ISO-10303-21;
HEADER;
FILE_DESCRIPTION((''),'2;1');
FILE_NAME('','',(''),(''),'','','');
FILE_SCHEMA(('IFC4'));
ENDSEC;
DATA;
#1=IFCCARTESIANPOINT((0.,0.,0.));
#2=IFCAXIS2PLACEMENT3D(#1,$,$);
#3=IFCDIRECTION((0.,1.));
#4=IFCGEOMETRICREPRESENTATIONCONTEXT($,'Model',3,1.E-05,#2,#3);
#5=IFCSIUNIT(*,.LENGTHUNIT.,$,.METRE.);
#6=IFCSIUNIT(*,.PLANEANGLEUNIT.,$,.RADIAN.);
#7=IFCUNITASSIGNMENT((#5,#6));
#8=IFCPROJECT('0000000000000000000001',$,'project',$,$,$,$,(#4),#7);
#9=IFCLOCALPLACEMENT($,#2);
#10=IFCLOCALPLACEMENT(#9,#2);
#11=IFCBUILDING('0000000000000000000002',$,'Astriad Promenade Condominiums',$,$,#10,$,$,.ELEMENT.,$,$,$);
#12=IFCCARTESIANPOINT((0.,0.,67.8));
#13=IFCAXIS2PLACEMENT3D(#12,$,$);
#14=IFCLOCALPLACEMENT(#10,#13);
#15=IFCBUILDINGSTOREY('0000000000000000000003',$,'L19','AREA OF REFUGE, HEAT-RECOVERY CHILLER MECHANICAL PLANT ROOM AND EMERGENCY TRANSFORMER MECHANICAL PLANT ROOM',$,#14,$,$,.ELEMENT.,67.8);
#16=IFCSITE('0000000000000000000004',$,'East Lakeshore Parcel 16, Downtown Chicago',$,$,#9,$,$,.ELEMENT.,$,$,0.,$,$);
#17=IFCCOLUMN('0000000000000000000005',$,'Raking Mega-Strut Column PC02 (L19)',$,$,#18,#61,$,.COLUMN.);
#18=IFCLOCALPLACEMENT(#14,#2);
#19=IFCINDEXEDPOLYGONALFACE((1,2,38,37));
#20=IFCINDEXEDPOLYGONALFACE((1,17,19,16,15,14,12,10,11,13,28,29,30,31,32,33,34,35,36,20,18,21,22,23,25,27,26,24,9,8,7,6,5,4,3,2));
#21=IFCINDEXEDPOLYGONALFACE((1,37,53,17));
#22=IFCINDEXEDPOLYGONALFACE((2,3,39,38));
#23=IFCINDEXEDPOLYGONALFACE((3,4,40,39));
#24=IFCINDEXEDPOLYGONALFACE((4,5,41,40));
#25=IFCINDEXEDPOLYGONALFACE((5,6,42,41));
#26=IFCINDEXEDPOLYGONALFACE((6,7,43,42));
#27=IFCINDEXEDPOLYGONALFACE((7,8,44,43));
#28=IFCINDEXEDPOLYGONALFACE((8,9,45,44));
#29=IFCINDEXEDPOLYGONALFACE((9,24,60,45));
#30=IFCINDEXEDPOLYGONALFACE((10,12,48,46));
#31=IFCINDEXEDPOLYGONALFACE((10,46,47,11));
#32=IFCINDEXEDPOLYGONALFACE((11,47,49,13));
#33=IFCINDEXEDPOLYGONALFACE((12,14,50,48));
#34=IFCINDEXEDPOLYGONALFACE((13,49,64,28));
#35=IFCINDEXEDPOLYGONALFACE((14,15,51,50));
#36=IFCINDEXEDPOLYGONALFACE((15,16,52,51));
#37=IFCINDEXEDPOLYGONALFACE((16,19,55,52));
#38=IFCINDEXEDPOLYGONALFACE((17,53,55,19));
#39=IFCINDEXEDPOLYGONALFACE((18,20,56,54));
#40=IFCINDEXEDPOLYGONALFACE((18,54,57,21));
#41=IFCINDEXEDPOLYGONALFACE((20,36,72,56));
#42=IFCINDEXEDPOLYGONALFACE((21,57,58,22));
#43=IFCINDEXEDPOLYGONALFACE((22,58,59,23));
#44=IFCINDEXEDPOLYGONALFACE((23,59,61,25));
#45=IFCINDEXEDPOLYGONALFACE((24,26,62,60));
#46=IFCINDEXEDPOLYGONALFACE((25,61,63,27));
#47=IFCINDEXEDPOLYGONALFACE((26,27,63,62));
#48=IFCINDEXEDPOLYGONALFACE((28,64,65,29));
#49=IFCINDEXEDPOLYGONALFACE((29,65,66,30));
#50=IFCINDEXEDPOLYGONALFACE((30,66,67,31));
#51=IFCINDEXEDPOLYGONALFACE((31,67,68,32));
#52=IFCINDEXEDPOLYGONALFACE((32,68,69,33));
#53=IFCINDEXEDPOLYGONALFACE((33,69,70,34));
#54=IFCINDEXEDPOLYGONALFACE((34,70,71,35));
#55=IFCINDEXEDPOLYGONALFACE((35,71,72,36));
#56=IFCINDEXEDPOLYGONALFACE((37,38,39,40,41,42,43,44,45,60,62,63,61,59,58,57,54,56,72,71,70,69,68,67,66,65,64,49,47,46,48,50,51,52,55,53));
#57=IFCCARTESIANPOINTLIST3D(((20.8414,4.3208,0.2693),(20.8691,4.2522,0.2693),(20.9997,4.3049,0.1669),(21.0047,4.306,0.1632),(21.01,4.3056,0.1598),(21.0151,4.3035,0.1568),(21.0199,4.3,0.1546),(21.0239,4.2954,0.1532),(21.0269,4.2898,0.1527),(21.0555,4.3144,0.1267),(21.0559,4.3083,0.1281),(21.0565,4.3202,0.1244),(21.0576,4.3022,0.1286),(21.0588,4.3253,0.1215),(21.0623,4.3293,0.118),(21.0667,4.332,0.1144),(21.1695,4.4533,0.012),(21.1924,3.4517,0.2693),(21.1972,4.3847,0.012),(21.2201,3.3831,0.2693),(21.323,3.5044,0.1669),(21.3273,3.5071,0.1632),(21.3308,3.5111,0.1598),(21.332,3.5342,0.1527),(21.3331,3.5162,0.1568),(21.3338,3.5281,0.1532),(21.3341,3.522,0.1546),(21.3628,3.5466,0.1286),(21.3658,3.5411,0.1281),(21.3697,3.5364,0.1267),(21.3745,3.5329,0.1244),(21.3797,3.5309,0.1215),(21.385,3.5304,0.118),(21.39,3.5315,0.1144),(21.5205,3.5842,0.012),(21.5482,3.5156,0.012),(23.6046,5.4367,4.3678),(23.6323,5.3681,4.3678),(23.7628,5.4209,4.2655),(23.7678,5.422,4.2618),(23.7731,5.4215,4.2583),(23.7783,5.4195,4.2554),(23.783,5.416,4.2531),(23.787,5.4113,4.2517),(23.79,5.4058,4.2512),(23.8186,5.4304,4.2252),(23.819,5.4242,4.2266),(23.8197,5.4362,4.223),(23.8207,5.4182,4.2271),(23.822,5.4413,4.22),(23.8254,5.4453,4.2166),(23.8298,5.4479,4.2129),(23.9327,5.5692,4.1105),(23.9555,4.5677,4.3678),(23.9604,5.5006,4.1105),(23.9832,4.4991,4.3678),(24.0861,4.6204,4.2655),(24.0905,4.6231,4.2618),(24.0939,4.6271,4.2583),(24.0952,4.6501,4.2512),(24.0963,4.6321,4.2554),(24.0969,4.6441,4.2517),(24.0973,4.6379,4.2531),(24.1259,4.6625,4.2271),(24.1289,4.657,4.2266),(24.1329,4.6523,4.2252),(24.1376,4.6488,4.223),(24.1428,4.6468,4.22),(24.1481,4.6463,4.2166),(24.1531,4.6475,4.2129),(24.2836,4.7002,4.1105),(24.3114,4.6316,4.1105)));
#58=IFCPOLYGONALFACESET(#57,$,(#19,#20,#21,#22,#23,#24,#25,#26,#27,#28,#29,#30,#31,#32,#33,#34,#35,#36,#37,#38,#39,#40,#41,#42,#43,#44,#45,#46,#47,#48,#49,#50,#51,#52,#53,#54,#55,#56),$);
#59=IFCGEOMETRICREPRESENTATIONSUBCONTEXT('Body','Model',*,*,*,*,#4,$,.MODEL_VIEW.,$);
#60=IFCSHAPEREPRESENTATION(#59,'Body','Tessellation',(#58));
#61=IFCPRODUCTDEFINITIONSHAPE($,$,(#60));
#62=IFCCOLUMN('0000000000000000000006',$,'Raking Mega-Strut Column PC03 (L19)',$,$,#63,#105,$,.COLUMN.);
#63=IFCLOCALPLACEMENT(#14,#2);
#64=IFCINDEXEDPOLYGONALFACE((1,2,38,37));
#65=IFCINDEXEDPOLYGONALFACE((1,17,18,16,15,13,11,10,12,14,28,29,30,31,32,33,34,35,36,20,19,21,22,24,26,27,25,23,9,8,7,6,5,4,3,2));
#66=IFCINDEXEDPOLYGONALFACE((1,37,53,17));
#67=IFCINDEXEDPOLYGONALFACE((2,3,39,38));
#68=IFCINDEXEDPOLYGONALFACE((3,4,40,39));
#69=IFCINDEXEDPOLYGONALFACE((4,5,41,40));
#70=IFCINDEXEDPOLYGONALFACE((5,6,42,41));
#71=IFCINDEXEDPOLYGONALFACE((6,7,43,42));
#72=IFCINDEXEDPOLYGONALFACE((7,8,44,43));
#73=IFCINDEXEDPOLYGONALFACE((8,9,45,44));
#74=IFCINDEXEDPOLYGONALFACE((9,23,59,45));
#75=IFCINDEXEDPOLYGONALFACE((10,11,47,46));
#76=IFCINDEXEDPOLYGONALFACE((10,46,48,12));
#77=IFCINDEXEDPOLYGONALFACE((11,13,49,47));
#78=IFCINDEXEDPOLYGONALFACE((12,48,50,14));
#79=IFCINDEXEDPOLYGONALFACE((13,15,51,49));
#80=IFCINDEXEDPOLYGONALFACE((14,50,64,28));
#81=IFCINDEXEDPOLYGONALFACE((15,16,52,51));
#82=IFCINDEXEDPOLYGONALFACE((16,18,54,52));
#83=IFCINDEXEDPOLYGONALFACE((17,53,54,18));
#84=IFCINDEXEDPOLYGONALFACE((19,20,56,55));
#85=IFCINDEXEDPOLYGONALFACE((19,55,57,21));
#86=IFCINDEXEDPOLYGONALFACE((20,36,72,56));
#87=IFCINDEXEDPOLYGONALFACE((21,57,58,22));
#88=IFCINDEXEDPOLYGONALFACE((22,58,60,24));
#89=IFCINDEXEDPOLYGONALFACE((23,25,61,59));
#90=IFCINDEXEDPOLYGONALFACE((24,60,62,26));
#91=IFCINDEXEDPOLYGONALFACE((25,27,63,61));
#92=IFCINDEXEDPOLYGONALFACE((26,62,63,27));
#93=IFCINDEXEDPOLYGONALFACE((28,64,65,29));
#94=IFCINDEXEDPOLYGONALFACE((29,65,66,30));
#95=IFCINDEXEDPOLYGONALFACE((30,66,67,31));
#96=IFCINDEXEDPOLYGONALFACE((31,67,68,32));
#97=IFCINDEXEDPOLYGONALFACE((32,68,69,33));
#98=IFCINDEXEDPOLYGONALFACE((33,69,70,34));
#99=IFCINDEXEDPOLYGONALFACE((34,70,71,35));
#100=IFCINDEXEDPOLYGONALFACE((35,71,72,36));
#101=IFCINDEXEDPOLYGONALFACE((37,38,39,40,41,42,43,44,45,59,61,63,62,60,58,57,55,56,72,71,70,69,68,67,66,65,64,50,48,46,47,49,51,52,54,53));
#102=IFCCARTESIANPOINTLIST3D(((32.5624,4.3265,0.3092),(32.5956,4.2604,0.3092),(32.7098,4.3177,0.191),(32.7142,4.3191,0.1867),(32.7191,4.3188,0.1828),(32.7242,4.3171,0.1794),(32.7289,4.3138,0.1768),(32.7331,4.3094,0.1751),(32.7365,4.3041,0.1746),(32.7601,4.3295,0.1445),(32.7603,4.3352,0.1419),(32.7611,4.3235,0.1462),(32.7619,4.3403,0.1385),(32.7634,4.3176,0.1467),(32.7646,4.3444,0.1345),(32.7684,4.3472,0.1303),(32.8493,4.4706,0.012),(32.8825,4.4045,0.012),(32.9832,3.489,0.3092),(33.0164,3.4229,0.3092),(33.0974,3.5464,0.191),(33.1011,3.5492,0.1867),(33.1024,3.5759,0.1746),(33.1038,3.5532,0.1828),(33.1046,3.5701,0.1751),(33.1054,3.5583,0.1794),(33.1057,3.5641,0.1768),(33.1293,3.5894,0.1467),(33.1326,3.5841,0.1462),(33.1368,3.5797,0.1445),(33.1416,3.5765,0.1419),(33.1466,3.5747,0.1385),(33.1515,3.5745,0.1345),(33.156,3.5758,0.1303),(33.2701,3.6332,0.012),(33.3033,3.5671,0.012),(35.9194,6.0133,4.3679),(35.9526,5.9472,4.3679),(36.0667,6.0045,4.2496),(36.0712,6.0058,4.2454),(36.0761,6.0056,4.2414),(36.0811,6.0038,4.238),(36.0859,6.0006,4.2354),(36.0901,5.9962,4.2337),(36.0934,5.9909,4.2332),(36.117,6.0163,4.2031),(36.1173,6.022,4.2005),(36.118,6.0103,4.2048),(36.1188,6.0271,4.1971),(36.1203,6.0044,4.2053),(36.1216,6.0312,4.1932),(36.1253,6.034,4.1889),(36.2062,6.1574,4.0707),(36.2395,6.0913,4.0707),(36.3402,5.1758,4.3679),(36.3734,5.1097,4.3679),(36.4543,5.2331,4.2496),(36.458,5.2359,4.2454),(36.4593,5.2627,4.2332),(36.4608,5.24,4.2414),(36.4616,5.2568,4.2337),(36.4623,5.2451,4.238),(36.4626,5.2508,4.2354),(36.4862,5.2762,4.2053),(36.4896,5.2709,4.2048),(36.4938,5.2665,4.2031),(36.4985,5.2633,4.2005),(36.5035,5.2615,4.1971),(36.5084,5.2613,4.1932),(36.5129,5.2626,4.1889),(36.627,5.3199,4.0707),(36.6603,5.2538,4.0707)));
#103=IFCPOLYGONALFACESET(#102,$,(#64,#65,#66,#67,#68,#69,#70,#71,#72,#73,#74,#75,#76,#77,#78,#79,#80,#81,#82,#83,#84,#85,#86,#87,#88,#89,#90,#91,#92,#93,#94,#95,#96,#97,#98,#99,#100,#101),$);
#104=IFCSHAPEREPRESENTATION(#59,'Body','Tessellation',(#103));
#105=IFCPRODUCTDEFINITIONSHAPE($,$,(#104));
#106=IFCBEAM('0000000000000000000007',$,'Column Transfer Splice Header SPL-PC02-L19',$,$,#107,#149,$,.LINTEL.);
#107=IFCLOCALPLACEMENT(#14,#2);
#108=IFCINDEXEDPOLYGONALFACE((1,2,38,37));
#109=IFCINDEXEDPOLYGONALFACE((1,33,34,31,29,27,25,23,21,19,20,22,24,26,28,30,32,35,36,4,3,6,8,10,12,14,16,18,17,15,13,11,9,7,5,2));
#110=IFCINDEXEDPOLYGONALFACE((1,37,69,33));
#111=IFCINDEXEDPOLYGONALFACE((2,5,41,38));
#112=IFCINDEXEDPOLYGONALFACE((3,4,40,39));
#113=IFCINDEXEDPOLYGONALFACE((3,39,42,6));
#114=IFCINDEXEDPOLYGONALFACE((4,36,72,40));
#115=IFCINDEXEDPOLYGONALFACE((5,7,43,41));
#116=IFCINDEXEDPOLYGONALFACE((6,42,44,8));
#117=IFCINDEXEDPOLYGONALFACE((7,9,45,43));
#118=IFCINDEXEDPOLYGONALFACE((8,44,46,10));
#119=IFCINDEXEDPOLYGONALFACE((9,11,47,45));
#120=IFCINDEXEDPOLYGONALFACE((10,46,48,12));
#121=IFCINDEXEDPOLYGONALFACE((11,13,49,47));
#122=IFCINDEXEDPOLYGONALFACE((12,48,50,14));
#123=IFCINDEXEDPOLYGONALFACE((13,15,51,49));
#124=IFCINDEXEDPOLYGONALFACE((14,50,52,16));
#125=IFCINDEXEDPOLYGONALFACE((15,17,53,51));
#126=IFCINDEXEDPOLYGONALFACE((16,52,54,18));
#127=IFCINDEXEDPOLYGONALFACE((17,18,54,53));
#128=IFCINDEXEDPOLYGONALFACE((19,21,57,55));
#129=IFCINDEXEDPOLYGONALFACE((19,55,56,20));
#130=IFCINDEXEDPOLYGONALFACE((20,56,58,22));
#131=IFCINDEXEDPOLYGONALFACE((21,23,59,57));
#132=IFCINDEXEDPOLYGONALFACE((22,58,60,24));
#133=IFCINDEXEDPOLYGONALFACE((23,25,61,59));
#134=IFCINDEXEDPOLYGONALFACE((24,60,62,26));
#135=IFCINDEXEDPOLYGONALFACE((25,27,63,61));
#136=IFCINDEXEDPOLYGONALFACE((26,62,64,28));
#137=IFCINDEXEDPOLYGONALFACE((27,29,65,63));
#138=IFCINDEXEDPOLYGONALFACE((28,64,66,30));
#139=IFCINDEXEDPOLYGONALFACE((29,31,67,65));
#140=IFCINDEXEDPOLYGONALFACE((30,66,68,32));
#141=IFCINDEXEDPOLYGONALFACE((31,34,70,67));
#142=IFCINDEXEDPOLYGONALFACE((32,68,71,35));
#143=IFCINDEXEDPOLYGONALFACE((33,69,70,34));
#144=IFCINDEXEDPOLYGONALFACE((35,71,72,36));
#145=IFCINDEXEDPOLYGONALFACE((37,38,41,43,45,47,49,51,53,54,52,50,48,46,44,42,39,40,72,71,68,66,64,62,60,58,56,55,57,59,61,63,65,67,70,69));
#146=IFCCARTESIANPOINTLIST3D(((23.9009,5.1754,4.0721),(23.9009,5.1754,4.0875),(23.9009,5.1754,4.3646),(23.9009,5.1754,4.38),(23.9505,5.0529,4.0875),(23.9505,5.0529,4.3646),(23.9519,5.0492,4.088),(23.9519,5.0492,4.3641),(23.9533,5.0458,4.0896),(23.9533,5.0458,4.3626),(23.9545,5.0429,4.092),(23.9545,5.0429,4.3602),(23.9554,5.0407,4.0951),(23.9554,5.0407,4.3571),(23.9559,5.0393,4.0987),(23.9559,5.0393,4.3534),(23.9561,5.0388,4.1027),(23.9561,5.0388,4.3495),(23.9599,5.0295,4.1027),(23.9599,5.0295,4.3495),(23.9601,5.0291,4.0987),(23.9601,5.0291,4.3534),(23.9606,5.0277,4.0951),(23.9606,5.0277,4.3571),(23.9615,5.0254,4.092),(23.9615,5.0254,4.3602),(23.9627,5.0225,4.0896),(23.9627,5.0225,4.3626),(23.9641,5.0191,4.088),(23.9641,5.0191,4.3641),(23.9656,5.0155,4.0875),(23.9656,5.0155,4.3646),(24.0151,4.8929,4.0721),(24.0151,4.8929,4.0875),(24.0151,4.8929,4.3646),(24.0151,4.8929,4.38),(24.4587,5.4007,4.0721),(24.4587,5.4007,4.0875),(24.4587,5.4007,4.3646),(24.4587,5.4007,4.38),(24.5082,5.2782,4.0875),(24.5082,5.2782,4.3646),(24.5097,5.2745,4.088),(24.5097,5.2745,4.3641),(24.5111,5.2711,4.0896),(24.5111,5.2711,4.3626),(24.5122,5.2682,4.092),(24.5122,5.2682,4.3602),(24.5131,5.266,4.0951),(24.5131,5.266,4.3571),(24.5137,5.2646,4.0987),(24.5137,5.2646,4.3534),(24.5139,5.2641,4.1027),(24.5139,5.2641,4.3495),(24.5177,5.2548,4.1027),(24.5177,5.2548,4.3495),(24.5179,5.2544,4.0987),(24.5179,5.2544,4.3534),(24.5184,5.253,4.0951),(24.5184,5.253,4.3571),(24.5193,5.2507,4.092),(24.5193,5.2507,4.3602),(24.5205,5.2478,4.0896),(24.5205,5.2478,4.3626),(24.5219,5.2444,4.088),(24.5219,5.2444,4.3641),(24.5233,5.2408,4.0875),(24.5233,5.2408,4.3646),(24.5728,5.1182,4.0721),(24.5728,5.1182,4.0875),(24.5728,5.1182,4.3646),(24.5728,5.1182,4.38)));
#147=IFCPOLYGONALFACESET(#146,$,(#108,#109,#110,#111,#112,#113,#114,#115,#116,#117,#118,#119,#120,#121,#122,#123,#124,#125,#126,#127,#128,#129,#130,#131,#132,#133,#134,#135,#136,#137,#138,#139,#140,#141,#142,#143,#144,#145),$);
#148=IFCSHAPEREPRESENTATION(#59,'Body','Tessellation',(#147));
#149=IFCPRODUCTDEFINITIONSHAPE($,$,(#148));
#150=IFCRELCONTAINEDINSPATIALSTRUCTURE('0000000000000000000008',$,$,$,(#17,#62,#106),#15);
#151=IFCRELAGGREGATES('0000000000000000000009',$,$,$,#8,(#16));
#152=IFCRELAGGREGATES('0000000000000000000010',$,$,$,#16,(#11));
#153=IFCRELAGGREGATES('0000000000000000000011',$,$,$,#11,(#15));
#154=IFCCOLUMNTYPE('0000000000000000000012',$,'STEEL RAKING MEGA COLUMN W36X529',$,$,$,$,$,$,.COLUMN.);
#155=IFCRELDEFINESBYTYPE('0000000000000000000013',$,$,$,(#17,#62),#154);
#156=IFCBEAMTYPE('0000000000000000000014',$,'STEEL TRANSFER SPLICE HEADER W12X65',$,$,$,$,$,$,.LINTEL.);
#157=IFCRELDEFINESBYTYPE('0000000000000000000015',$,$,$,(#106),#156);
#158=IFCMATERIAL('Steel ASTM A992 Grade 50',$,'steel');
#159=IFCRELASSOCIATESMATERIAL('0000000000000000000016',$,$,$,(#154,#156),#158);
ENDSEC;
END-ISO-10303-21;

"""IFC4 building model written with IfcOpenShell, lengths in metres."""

from ifc_helpers import new_model, si_unit, direction, frame, origin, origin_2d, place, context, subcontext, project, spatial, i_section, extrude, source, transform, mapped, material, material_profile, profile_set, type_object, type_shapes, element, save


model = new_model("IFC4")

# Units and contexts
model_context = context("Model", 3, precision=1e-05, world=origin(), true_north=direction((0.0, 1.0)))
body_context = subcontext(model_context, "Body", "Model", "MODEL_VIEW")
ifc_project = project(units=[si_unit("LENGTHUNIT", "METRE"), si_unit("PLANEANGLEUNIT", "RADIAN")], contexts=[model_context])

# Site, building, storey
site_placement = place(None, origin())
site = spatial("IfcSite", under=ifc_project, at=site_placement, Name="East Lakeshore Parcel 16, Downtown Chicago", CompositionType="ELEMENT", RefElevation=0.0)
building_placement = place(site_placement, origin())
building = spatial("IfcBuilding", under=site, at=building_placement, Name="Astriad Promenade Condominiums", CompositionType="ELEMENT")
storey_placement = place(building_placement, frame((0.0, 0.0, 67.8)))
storey = spatial("IfcBuildingStorey", under=building, at=storey_placement, Name="L19", Description="AREA OF REFUGE, HEAT-RECOVERY CHILLER MECHANICAL PLANT ROOM AND EMERGENCY TRANSFORMER MECHANICAL PLANT ROOM", CompositionType="ELEMENT", Elevation=67.8)

# Columns
ifc_material_1 = material(Name="Steel ASTM A992 Grade 50", Category="steel")
ifc_material_profile_1 = material_profile(ifc_material_1, i_section(OverallWidth=0.4375, OverallDepth=1.0112, WebThickness=0.041, FlangeThickness=0.074, FilletRadius=0.0242, at=origin_2d()), Name="W36X529")
ifc_profile_set_1 = profile_set([ifc_material_profile_1], Name="Steel ASTM A992 Grade 50")
column_type = type_object("IfcColumnType", Name="STEEL RAKING MEGA COLUMN W36X529", PredefinedType="COLUMN", material=ifc_profile_set_1)
shared_shape_1 = source(origin(), body_context, "Body", "SweptSolid", [
    extrude(i_section(OverallWidth=0.4375, OverallDepth=1.0112, WebThickness=0.041, FlangeThickness=0.074, FilletRadius=0.0242, at=origin_2d()), origin(), (0.0, 0.0, 1.0), 5.0674),
])
column_1_placement = place(storey_placement, frame((21.1948, 3.9182, 0.1406), z_axis=(0.545278, 0.220221, 0.808811), x_axis=(-0.749957, -0.302885, 0.588069)))
element("IfcColumn", 1, at=column_1_placement, inside=storey, type_object=column_type, Name="Raking Mega-Strut Column PC02 (L19)", PredefinedType="COLUMN", context=body_context, shape_type="MappedRepresentation", body=[
    mapped(shared_shape_1, transform((0.0, 0.0, 0.0), scale=1.0)),
])
shared_shape_2 = source(origin(), body_context, "Body", "SweptSolid", [
    extrude(i_section(OverallWidth=0.4375, OverallDepth=1.0112, WebThickness=0.041, FlangeThickness=0.074, FilletRadius=0.0242, at=origin_2d()), origin(), (0.0, 0.0, 1.0), 5.5305),
])
type_shapes(column_type, [shared_shape_1, shared_shape_2])
column_2_placement = place(storey_placement, frame((32.9329, 3.9468, 0.1606), z_axis=(0.606986, 0.304994, 0.733857), x_axis=(-0.655732, -0.329487, 0.679304)))
element("IfcColumn", 2, at=column_2_placement, inside=storey, type_object=column_type, Name="Raking Mega-Strut Column PC03 (L19)", PredefinedType="COLUMN", context=body_context, shape_type="MappedRepresentation", body=[
    mapped(shared_shape_2, transform((0.0, 0.0, 0.0), scale=1.0)),
])

# Beam
ifc_material_profile_2 = material_profile(ifc_material_1, i_section(OverallWidth=0.3047, OverallDepth=0.3079, WebThickness=0.01, FlangeThickness=0.0154, FilletRadius=0.0151, at=origin_2d()), Name="W12X65")
ifc_profile_set_2 = profile_set([ifc_material_profile_2], Name="Steel ASTM A992 Grade 50")
beam_type_1 = type_object("IfcBeamType", Name="STEEL TRANSFER SPLICE HEADER W12X65", PredefinedType="LINTEL", material=ifc_profile_set_2)
shared_shape_3 = source(origin(), body_context, "Body", "SweptSolid", [
    extrude(i_section(OverallWidth=0.3047, OverallDepth=0.3079, WebThickness=0.01, FlangeThickness=0.0154, FilletRadius=0.0151, at=origin_2d()), origin(), (0.0, 0.0, 1.0), 0.6016),
])
type_shapes(beam_type_1, [shared_shape_3])
beam_1_placement = place(storey_placement, frame((23.958, 5.0342, 4.2261), z_axis=(0.927212, 0.374537, 0.0), x_axis=(-0.374537, 0.927212, 0.0)))
element("IfcBeam", 3, at=beam_1_placement, inside=storey, type_object=beam_type_1, Name="Column Transfer Splice Header SPL-PC02-L19", PredefinedType="LINTEL", context=body_context, shape_type="MappedRepresentation", body=[
    mapped(shared_shape_3, transform((0.0, 0.0, 0.0), scale=1.0)),
])

save(model, "model.ifc")
